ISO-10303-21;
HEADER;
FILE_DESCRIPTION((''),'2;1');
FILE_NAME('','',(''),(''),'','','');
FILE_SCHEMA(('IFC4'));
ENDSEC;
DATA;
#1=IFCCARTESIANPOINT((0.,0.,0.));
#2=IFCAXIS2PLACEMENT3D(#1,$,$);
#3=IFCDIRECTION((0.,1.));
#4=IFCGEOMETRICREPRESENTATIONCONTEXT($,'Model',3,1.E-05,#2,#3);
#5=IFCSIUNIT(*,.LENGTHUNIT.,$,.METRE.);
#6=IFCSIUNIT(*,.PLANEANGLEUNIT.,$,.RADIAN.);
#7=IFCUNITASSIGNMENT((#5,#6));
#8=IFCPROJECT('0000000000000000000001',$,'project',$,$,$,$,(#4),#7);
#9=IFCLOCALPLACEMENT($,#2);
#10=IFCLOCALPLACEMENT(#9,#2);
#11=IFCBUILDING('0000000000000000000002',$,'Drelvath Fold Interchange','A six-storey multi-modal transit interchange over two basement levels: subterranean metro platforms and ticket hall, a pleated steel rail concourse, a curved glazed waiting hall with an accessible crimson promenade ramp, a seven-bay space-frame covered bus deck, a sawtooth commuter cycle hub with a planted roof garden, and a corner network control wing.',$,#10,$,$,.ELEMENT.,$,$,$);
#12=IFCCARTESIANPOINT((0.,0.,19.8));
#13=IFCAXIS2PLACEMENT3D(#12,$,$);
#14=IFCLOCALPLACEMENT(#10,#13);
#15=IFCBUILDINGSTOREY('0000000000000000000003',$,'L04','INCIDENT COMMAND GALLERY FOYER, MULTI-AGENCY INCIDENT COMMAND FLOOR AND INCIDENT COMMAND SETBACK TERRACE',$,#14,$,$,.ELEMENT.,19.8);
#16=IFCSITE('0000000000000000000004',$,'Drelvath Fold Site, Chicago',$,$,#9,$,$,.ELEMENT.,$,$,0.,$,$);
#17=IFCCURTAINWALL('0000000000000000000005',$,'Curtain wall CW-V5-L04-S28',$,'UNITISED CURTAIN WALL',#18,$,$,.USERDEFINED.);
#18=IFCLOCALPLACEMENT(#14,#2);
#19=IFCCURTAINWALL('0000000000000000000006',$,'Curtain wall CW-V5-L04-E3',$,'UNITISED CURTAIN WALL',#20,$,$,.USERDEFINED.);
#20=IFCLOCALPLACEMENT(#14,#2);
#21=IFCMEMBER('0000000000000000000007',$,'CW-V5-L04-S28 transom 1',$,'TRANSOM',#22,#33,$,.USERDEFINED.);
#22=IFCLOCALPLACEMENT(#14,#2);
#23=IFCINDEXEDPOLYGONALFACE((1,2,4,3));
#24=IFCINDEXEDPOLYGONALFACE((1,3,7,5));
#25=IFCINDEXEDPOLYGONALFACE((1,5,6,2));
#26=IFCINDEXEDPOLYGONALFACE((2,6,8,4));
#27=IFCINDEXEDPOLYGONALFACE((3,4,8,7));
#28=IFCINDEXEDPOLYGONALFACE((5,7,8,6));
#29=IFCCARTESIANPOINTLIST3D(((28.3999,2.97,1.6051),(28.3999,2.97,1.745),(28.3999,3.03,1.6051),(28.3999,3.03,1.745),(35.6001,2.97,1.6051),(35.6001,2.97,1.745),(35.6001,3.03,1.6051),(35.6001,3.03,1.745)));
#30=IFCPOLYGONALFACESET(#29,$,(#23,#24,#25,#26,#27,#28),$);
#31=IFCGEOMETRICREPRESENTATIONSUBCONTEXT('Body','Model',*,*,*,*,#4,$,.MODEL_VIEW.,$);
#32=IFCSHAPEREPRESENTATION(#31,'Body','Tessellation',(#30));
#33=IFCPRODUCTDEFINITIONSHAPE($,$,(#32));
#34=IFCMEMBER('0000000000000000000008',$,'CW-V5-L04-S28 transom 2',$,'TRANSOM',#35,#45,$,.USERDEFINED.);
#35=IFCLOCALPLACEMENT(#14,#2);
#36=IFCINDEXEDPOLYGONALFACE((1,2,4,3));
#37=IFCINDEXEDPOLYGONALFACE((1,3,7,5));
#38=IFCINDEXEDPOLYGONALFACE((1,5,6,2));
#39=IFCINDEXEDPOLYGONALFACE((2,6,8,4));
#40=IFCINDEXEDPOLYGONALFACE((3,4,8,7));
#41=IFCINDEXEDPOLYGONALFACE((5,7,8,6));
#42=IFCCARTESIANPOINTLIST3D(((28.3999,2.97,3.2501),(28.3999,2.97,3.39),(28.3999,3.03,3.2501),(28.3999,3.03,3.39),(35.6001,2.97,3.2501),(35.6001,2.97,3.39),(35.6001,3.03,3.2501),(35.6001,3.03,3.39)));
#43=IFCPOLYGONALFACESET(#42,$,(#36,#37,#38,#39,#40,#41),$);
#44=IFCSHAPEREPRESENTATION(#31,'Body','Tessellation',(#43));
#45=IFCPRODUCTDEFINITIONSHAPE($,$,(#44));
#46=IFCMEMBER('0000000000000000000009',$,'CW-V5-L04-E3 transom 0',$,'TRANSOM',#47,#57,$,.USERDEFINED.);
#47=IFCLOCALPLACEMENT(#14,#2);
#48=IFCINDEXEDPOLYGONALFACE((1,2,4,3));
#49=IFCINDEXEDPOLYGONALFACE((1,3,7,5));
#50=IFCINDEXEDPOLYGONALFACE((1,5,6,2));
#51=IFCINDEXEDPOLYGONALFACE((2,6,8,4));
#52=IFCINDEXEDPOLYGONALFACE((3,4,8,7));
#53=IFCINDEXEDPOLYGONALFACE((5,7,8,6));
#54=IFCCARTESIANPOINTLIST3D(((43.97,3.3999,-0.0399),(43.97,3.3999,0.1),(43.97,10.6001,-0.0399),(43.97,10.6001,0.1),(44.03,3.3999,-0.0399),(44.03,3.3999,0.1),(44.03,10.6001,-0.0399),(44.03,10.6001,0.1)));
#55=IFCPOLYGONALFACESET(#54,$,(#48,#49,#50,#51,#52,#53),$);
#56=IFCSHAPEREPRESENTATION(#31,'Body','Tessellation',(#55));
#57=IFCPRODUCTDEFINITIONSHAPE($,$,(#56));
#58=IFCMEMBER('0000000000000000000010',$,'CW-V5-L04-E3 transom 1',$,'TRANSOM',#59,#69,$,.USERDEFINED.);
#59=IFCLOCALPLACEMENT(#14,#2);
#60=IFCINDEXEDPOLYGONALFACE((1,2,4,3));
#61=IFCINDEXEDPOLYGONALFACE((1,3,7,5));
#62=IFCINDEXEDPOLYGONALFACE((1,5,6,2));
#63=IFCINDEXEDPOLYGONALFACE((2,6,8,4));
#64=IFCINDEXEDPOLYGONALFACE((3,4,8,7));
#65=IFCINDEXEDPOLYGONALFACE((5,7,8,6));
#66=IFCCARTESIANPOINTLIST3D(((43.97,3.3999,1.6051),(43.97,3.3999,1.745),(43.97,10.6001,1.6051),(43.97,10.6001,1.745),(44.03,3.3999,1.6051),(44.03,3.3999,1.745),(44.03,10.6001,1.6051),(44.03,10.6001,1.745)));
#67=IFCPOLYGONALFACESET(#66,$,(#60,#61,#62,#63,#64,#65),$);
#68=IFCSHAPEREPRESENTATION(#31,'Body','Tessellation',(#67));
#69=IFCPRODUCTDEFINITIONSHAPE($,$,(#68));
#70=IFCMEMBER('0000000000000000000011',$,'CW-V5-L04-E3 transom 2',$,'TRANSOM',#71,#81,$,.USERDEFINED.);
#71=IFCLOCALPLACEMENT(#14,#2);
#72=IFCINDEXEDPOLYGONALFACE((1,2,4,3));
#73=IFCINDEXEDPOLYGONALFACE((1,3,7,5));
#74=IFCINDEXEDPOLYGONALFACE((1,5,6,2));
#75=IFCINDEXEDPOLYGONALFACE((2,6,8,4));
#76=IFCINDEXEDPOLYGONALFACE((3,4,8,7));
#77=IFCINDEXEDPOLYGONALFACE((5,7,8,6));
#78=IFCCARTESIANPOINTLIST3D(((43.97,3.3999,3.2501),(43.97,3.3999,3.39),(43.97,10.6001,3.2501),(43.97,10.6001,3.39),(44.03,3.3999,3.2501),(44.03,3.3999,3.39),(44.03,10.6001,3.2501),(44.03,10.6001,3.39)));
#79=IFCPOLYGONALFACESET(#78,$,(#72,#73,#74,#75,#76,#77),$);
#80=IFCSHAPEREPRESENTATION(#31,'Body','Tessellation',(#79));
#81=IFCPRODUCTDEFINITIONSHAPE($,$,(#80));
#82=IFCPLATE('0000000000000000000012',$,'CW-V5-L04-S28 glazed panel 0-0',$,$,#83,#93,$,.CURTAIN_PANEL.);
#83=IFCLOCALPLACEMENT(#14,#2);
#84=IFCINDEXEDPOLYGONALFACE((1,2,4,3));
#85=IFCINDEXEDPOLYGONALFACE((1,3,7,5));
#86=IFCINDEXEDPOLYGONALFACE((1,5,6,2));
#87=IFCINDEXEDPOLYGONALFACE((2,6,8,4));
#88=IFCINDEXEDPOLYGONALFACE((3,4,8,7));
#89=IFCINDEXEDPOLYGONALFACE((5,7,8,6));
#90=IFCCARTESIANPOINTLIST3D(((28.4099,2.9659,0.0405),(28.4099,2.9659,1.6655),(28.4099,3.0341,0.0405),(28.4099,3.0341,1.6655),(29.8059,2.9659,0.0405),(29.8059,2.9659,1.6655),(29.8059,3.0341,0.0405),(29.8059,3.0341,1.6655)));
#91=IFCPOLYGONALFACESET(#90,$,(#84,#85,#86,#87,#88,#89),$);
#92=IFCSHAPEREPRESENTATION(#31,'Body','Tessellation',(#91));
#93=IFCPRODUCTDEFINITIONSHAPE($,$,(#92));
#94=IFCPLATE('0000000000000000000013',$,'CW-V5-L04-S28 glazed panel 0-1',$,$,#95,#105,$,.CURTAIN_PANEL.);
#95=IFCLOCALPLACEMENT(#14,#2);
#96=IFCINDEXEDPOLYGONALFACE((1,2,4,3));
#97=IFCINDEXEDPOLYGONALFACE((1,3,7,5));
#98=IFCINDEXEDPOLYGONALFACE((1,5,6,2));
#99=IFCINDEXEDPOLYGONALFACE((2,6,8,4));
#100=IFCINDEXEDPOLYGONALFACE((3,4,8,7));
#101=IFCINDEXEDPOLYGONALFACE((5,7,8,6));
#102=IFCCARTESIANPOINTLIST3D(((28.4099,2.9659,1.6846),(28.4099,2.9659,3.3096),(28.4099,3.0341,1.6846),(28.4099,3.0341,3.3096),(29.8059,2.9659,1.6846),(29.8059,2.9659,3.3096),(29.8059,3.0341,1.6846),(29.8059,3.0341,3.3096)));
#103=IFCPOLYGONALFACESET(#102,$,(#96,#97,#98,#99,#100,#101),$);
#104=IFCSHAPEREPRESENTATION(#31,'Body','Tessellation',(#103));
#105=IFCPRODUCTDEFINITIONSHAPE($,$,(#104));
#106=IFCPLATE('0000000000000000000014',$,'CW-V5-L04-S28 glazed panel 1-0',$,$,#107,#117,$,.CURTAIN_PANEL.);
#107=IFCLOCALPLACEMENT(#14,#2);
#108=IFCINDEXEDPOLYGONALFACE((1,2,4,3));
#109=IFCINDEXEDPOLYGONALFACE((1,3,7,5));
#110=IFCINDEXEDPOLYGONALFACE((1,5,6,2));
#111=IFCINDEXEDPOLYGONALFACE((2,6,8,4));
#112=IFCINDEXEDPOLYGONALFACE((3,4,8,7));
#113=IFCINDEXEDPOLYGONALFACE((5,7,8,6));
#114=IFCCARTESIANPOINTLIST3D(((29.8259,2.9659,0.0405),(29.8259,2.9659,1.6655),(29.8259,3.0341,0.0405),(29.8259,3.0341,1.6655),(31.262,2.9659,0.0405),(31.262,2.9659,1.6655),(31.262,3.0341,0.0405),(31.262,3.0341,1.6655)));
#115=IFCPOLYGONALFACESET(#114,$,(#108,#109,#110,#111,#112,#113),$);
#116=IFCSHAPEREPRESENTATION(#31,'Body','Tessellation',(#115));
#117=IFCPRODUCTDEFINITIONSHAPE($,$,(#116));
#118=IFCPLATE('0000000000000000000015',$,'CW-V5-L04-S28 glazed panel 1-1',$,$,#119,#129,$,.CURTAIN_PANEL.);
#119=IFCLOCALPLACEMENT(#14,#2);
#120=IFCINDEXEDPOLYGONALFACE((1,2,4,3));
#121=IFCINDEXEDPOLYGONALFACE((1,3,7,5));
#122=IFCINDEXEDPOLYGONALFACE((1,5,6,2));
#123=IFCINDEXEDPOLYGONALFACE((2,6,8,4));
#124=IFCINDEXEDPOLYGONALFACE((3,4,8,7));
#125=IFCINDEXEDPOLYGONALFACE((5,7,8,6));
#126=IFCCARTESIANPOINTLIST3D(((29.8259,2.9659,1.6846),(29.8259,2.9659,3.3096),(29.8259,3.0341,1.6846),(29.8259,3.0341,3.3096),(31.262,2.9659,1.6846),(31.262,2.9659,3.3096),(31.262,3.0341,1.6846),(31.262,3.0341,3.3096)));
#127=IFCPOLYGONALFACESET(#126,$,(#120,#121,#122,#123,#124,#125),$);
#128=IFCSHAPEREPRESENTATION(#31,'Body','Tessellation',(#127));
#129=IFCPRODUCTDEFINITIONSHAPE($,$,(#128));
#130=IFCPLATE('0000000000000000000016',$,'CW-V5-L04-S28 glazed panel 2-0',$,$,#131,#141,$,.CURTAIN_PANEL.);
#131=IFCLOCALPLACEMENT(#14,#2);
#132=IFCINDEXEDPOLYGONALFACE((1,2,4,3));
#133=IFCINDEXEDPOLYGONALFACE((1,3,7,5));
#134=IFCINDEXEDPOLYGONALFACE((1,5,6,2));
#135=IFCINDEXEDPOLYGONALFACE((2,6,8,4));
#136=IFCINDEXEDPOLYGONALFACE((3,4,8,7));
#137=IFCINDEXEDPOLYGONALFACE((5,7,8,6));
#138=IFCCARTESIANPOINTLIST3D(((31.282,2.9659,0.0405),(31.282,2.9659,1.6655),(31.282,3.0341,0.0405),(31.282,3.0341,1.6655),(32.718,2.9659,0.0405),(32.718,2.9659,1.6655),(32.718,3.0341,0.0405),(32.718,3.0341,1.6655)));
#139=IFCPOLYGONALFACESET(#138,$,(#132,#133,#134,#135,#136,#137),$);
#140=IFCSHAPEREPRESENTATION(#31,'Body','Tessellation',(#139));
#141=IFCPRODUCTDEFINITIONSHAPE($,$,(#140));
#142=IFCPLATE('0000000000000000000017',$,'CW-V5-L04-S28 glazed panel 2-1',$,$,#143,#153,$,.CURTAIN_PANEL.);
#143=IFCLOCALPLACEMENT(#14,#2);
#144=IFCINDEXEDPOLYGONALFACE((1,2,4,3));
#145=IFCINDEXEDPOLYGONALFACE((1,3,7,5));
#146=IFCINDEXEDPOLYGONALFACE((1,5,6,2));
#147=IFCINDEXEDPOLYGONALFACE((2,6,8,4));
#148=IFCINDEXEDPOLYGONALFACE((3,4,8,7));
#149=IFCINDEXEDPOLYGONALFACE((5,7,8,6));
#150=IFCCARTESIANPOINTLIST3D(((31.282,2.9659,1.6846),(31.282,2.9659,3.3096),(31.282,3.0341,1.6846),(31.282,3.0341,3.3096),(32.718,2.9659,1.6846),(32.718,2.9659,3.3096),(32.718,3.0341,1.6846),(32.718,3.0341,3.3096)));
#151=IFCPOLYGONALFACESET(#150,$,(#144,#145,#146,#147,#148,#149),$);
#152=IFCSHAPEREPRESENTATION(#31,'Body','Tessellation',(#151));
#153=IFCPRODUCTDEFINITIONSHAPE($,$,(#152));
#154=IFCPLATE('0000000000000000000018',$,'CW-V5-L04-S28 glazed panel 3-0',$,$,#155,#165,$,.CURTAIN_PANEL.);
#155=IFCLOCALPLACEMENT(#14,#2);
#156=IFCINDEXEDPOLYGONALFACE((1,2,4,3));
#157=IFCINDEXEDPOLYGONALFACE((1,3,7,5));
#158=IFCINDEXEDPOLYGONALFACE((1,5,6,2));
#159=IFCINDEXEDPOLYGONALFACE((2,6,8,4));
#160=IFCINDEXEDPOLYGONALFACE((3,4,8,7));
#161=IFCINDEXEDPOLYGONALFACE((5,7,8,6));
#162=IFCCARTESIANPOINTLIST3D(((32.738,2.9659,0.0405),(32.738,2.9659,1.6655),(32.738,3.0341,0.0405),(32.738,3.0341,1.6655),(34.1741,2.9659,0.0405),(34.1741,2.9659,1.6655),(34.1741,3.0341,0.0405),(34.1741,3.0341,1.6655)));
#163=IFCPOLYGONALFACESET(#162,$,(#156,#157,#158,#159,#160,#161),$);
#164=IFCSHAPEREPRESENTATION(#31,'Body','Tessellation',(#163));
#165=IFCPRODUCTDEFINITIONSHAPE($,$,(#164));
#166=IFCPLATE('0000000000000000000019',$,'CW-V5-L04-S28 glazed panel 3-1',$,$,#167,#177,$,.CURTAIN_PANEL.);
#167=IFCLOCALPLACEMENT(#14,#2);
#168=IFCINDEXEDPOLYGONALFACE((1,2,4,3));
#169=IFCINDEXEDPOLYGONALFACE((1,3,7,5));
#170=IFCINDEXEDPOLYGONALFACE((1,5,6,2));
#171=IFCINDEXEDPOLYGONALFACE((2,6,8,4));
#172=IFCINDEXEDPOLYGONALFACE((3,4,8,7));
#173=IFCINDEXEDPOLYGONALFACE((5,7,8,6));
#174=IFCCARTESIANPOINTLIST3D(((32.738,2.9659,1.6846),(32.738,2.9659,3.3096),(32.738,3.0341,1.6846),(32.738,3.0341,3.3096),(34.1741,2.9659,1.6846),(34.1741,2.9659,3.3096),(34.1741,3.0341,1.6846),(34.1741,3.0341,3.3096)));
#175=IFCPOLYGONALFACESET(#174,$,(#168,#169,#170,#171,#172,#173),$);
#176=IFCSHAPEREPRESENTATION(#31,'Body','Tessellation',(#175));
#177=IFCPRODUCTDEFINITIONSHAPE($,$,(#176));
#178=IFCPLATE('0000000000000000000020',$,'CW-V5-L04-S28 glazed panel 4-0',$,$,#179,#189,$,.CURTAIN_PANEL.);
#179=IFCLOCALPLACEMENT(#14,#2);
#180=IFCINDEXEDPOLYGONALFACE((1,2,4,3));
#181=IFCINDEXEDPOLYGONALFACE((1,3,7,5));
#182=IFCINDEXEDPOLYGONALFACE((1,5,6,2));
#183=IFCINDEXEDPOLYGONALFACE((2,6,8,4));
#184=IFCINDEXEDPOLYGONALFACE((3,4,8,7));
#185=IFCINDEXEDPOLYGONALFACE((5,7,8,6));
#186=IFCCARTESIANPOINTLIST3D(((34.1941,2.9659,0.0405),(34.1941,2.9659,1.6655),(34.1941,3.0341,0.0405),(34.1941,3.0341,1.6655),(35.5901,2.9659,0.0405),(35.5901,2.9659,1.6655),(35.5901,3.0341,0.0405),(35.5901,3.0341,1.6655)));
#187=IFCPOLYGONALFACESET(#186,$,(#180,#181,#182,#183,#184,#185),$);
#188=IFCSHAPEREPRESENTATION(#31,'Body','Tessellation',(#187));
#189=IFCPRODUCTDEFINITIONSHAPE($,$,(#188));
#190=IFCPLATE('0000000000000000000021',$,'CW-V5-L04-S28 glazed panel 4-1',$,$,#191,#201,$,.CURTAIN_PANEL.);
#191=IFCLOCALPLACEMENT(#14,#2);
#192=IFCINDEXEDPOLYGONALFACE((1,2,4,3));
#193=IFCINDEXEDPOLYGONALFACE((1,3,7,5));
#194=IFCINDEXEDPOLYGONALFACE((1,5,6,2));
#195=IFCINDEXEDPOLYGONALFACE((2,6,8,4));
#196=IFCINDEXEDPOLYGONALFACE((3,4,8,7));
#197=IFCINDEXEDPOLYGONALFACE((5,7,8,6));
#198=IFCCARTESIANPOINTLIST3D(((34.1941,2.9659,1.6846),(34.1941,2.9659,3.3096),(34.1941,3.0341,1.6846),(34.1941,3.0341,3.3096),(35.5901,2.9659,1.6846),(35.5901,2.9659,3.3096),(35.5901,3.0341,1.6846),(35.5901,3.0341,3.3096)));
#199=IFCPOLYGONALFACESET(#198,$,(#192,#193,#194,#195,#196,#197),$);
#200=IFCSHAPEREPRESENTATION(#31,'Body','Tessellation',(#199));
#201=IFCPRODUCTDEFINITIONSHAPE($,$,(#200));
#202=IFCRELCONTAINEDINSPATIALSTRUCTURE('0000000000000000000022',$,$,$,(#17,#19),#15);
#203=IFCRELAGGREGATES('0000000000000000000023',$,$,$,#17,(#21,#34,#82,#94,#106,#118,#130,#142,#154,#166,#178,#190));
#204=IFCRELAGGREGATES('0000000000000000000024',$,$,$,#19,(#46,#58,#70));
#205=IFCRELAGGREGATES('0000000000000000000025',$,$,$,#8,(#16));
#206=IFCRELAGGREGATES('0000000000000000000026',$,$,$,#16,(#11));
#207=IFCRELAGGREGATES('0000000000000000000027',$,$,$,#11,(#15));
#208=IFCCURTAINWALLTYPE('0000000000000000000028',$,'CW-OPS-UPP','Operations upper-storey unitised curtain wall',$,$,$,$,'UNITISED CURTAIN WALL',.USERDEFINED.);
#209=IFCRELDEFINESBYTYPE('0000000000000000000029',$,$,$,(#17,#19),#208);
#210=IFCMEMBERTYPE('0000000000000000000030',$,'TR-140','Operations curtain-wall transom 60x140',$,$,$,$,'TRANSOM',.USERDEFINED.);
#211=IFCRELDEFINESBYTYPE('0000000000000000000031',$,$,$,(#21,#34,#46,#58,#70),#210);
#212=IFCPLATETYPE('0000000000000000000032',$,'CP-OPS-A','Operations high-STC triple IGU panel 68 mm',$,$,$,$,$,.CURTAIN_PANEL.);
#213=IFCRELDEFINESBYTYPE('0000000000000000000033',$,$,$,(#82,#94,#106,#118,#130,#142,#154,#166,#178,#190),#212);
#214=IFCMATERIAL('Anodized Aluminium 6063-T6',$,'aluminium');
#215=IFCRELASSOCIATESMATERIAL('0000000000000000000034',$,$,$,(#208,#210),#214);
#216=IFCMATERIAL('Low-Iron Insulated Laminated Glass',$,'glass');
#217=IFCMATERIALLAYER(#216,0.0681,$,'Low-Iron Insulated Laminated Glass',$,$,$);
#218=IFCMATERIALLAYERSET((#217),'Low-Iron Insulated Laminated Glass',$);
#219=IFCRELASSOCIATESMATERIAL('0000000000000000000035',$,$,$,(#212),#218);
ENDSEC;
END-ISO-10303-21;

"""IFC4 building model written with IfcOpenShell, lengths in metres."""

from ifc_helpers import new_model, si_unit, direction, frame, origin, origin_2d, place, context, subcontext, project, spatial, rectangle, extrude, material, layer, layer_set, material_profile, profile_set, type_object, element, aggregate, save


model = new_model("IFC4")

# Units and contexts
model_context = context("Model", 3, precision=1e-05, world=origin(), true_north=direction((0.0, 1.0)))
body_context = subcontext(model_context, "Body", "Model", "MODEL_VIEW")
ifc_project = project(units=[si_unit("LENGTHUNIT", "METRE"), si_unit("PLANEANGLEUNIT", "RADIAN")], contexts=[model_context])

# Site, building, storey
site_placement = place(None, origin())
site = spatial("IfcSite", under=ifc_project, at=site_placement, Name="Drelvath Fold Site, Chicago", CompositionType="ELEMENT", RefElevation=0.0)
building_placement = place(site_placement, origin())
building = spatial("IfcBuilding", under=site, at=building_placement, Name="Drelvath Fold Interchange", Description="A six-storey multi-modal transit interchange over two basement levels: subterranean metro platforms and ticket hall, a pleated steel rail concourse, a curved glazed waiting hall with an accessible crimson promenade ramp, a seven-bay space-frame covered bus deck, a sawtooth commuter cycle hub with a planted roof garden, and a corner network control wing.", CompositionType="ELEMENT")
storey_placement = place(building_placement, frame((0.0, 0.0, 19.8)))
storey = spatial("IfcBuildingStorey", under=building, at=storey_placement, Name="L04", Description="INCIDENT COMMAND GALLERY FOYER, MULTI-AGENCY INCIDENT COMMAND FLOOR AND INCIDENT COMMAND SETBACK TERRACE", CompositionType="ELEMENT", Elevation=19.8)

# Curtain walls
ifc_material_1 = material(Name="Anodized Aluminium 6063-T6", Category="aluminium")
curtain_wall_type = type_object("IfcCurtainWallType", Name="CW-OPS-UPP", Description="Operations upper-storey unitised curtain wall", ElementType="UNITISED CURTAIN WALL", PredefinedType="USERDEFINED", material=ifc_material_1)
curtain_wall_1_placement = place(storey_placement, origin())
curtain_wall_1 = element("IfcCurtainWall", 1, at=curtain_wall_1_placement, inside=storey, type_object=curtain_wall_type, Name="Curtain wall CW-V5-L04-S28", ObjectType="UNITISED CURTAIN WALL", PredefinedType="USERDEFINED")
curtain_wall_2_placement = place(storey_placement, origin())
curtain_wall_2 = element("IfcCurtainWall", 2, at=curtain_wall_2_placement, inside=storey, type_object=curtain_wall_type, Name="Curtain wall CW-V5-L04-E3", ObjectType="UNITISED CURTAIN WALL", PredefinedType="USERDEFINED")

# Members
ifc_material_profile_1 = material_profile(ifc_material_1, rectangle(XDim=0.0601, YDim=0.1399, at=origin_2d()), Name="AL-T 60x140")
ifc_profile_set_1 = profile_set([ifc_material_profile_1], Name="Anodized Aluminium 6063-T6")
member_type_1 = type_object("IfcMemberType", Name="TR-140", Description="Operations curtain-wall transom 60x140", ElementType="TRANSOM", PredefinedType="USERDEFINED", material=ifc_profile_set_1)
member_1_placement = place(storey_placement, frame((28.3999, 3.0, 1.675), z_axis=(1.0, 0.0, 0.0), x_axis=(0.0, 1.0, 0.0)))
member_1 = element("IfcMember", 3, at=member_1_placement, type_object=member_type_1, Name="CW-V5-L04-S28 transom 1", ObjectType="TRANSOM", PredefinedType="USERDEFINED", context=body_context, shape_type="SweptSolid", body=[
    extrude(rectangle(XDim=0.0601, YDim=0.1399, at=origin_2d()), origin(), (0.0, 0.0, 1.0), 7.2002),
])
member_2_placement = place(storey_placement, frame((28.3999, 3.0, 3.3201), z_axis=(1.0, 0.0, 0.0), x_axis=(0.0, 1.0, 0.0)))
member_2 = element("IfcMember", 4, at=member_2_placement, type_object=member_type_1, Name="CW-V5-L04-S28 transom 2", ObjectType="TRANSOM", PredefinedType="USERDEFINED", context=body_context, shape_type="SweptSolid", body=[
    extrude(rectangle(XDim=0.0601, YDim=0.1399, at=origin_2d()), origin(), (0.0, 0.0, 1.0), 7.2002),
])
member_3_placement = place(storey_placement, frame((44.0, 3.3999, 0.03), z_axis=(0.0, 1.0, 0.0), x_axis=(-1.0, 0.0, 0.0)))
member_3 = element("IfcMember", 5, at=member_3_placement, type_object=member_type_1, Name="CW-V5-L04-E3 transom 0", ObjectType="TRANSOM", PredefinedType="USERDEFINED", context=body_context, shape_type="SweptSolid", body=[
    extrude(rectangle(XDim=0.0601, YDim=0.1399, at=origin_2d()), origin(), (0.0, 0.0, 1.0), 7.2002),
])
member_4_placement = place(storey_placement, frame((44.0, 3.3999, 1.675), z_axis=(0.0, 1.0, 0.0), x_axis=(-1.0, 0.0, 0.0)))
member_4 = element("IfcMember", 6, at=member_4_placement, type_object=member_type_1, Name="CW-V5-L04-E3 transom 1", ObjectType="TRANSOM", PredefinedType="USERDEFINED", context=body_context, shape_type="SweptSolid", body=[
    extrude(rectangle(XDim=0.0601, YDim=0.1399, at=origin_2d()), origin(), (0.0, 0.0, 1.0), 7.2002),
])
member_5_placement = place(storey_placement, frame((44.0, 3.3999, 3.3201), z_axis=(0.0, 1.0, 0.0), x_axis=(-1.0, 0.0, 0.0)))
member_5 = element("IfcMember", 7, at=member_5_placement, type_object=member_type_1, Name="CW-V5-L04-E3 transom 2", ObjectType="TRANSOM", PredefinedType="USERDEFINED", context=body_context, shape_type="SweptSolid", body=[
    extrude(rectangle(XDim=0.0601, YDim=0.1399, at=origin_2d()), origin(), (0.0, 0.0, 1.0), 7.2002),
])

# Plates
ifc_material_2 = material(Name="Low-Iron Insulated Laminated Glass", Category="glass")
ifc_layer_1 = layer(ifc_material_2, 0.0681, Name="Low-Iron Insulated Laminated Glass")
ifc_layer_set_1 = layer_set([ifc_layer_1], Name="Low-Iron Insulated Laminated Glass")
plate_type = type_object("IfcPlateType", Name="CP-OPS-A", Description="Operations high-STC triple IGU panel 68 mm", PredefinedType="CURTAIN_PANEL", material=ifc_layer_set_1)
plate_1_placement = place(storey_placement, frame((29.1079, 3.0, 0.0405), z_axis=(0.0, 0.0, 1.0), x_axis=(1.0, 0.0, 0.0)))
plate_1 = element("IfcPlate", 8, at=plate_1_placement, type_object=plate_type, Name="CW-V5-L04-S28 glazed panel 0-0", PredefinedType="CURTAIN_PANEL", context=body_context, shape_type="SweptSolid", body=[
    extrude(rectangle(XDim=1.396, YDim=0.0681, at=origin_2d()), origin(), (0.0, 0.0, 1.0), 1.625),
])
plate_2_placement = place(storey_placement, frame((29.1079, 3.0, 1.6846), z_axis=(0.0, 0.0, 1.0), x_axis=(1.0, 0.0, 0.0)))
plate_2 = element("IfcPlate", 9, at=plate_2_placement, type_object=plate_type, Name="CW-V5-L04-S28 glazed panel 0-1", PredefinedType="CURTAIN_PANEL", context=body_context, shape_type="SweptSolid", body=[
    extrude(rectangle(XDim=1.396, YDim=0.0681, at=origin_2d()), origin(), (0.0, 0.0, 1.0), 1.625),
])
plate_3_placement = place(storey_placement, frame((30.5439, 3.0, 0.0405), z_axis=(0.0, 0.0, 1.0), x_axis=(1.0, 0.0, 0.0)))
plate_3 = element("IfcPlate", 10, at=plate_3_placement, type_object=plate_type, Name="CW-V5-L04-S28 glazed panel 1-0", PredefinedType="CURTAIN_PANEL", context=body_context, shape_type="SweptSolid", body=[
    extrude(rectangle(XDim=1.436, YDim=0.0681, at=origin_2d()), origin(), (0.0, 0.0, 1.0), 1.625),
])
plate_4_placement = place(storey_placement, frame((30.5439, 3.0, 1.6846), z_axis=(0.0, 0.0, 1.0), x_axis=(1.0, 0.0, 0.0)))
plate_4 = element("IfcPlate", 11, at=plate_4_placement, type_object=plate_type, Name="CW-V5-L04-S28 glazed panel 1-1", PredefinedType="CURTAIN_PANEL", context=body_context, shape_type="SweptSolid", body=[
    extrude(rectangle(XDim=1.436, YDim=0.0681, at=origin_2d()), origin(), (0.0, 0.0, 1.0), 1.625),
])
plate_5_placement = place(storey_placement, frame((32.0, 3.0, 0.0405), z_axis=(0.0, 0.0, 1.0), x_axis=(1.0, 0.0, 0.0)))
plate_5 = element("IfcPlate", 12, at=plate_5_placement, type_object=plate_type, Name="CW-V5-L04-S28 glazed panel 2-0", PredefinedType="CURTAIN_PANEL", context=body_context, shape_type="SweptSolid", body=[
    extrude(rectangle(XDim=1.436, YDim=0.0681, at=origin_2d()), origin(), (0.0, 0.0, 1.0), 1.625),
])
plate_6_placement = place(storey_placement, frame((32.0, 3.0, 1.6846), z_axis=(0.0, 0.0, 1.0), x_axis=(1.0, 0.0, 0.0)))
plate_6 = element("IfcPlate", 13, at=plate_6_placement, type_object=plate_type, Name="CW-V5-L04-S28 glazed panel 2-1", PredefinedType="CURTAIN_PANEL", context=body_context, shape_type="SweptSolid", body=[
    extrude(rectangle(XDim=1.436, YDim=0.0681, at=origin_2d()), origin(), (0.0, 0.0, 1.0), 1.625),
])
plate_7_placement = place(storey_placement, frame((33.4561, 3.0, 0.0405), z_axis=(0.0, 0.0, 1.0), x_axis=(1.0, 0.0, 0.0)))
plate_7 = element("IfcPlate", 14, at=plate_7_placement, type_object=plate_type, Name="CW-V5-L04-S28 glazed panel 3-0", PredefinedType="CURTAIN_PANEL", context=body_context, shape_type="SweptSolid", body=[
    extrude(rectangle(XDim=1.436, YDim=0.0681, at=origin_2d()), origin(), (0.0, 0.0, 1.0), 1.625),
])
plate_8_placement = place(storey_placement, frame((33.4561, 3.0, 1.6846), z_axis=(0.0, 0.0, 1.0), x_axis=(1.0, 0.0, 0.0)))
plate_8 = element("IfcPlate", 15, at=plate_8_placement, type_object=plate_type, Name="CW-V5-L04-S28 glazed panel 3-1", PredefinedType="CURTAIN_PANEL", context=body_context, shape_type="SweptSolid", body=[
    extrude(rectangle(XDim=1.436, YDim=0.0681, at=origin_2d()), origin(), (0.0, 0.0, 1.0), 1.625),
])
plate_9_placement = place(storey_placement, frame((34.8921, 3.0, 0.0405), z_axis=(0.0, 0.0, 1.0), x_axis=(1.0, 0.0, 0.0)))
plate_9 = element("IfcPlate", 16, at=plate_9_placement, type_object=plate_type, Name="CW-V5-L04-S28 glazed panel 4-0", PredefinedType="CURTAIN_PANEL", context=body_context, shape_type="SweptSolid", body=[
    extrude(rectangle(XDim=1.396, YDim=0.0681, at=origin_2d()), origin(), (0.0, 0.0, 1.0), 1.625),
])
plate_10_placement = place(storey_placement, frame((34.8921, 3.0, 1.6846), z_axis=(0.0, 0.0, 1.0), x_axis=(1.0, 0.0, 0.0)))
plate_10 = element("IfcPlate", 17, at=plate_10_placement, type_object=plate_type, Name="CW-V5-L04-S28 glazed panel 4-1", PredefinedType="CURTAIN_PANEL", context=body_context, shape_type="SweptSolid", body=[
    extrude(rectangle(XDim=1.396, YDim=0.0681, at=origin_2d()), origin(), (0.0, 0.0, 1.0), 1.625),
])
aggregate(curtain_wall_1, [member_1, member_2, plate_1, plate_2, plate_3, plate_4, plate_5, plate_6, plate_7, plate_8, plate_9, plate_10])
aggregate(curtain_wall_2, [member_3, member_4, member_5])

save(model, "model.ifc")
